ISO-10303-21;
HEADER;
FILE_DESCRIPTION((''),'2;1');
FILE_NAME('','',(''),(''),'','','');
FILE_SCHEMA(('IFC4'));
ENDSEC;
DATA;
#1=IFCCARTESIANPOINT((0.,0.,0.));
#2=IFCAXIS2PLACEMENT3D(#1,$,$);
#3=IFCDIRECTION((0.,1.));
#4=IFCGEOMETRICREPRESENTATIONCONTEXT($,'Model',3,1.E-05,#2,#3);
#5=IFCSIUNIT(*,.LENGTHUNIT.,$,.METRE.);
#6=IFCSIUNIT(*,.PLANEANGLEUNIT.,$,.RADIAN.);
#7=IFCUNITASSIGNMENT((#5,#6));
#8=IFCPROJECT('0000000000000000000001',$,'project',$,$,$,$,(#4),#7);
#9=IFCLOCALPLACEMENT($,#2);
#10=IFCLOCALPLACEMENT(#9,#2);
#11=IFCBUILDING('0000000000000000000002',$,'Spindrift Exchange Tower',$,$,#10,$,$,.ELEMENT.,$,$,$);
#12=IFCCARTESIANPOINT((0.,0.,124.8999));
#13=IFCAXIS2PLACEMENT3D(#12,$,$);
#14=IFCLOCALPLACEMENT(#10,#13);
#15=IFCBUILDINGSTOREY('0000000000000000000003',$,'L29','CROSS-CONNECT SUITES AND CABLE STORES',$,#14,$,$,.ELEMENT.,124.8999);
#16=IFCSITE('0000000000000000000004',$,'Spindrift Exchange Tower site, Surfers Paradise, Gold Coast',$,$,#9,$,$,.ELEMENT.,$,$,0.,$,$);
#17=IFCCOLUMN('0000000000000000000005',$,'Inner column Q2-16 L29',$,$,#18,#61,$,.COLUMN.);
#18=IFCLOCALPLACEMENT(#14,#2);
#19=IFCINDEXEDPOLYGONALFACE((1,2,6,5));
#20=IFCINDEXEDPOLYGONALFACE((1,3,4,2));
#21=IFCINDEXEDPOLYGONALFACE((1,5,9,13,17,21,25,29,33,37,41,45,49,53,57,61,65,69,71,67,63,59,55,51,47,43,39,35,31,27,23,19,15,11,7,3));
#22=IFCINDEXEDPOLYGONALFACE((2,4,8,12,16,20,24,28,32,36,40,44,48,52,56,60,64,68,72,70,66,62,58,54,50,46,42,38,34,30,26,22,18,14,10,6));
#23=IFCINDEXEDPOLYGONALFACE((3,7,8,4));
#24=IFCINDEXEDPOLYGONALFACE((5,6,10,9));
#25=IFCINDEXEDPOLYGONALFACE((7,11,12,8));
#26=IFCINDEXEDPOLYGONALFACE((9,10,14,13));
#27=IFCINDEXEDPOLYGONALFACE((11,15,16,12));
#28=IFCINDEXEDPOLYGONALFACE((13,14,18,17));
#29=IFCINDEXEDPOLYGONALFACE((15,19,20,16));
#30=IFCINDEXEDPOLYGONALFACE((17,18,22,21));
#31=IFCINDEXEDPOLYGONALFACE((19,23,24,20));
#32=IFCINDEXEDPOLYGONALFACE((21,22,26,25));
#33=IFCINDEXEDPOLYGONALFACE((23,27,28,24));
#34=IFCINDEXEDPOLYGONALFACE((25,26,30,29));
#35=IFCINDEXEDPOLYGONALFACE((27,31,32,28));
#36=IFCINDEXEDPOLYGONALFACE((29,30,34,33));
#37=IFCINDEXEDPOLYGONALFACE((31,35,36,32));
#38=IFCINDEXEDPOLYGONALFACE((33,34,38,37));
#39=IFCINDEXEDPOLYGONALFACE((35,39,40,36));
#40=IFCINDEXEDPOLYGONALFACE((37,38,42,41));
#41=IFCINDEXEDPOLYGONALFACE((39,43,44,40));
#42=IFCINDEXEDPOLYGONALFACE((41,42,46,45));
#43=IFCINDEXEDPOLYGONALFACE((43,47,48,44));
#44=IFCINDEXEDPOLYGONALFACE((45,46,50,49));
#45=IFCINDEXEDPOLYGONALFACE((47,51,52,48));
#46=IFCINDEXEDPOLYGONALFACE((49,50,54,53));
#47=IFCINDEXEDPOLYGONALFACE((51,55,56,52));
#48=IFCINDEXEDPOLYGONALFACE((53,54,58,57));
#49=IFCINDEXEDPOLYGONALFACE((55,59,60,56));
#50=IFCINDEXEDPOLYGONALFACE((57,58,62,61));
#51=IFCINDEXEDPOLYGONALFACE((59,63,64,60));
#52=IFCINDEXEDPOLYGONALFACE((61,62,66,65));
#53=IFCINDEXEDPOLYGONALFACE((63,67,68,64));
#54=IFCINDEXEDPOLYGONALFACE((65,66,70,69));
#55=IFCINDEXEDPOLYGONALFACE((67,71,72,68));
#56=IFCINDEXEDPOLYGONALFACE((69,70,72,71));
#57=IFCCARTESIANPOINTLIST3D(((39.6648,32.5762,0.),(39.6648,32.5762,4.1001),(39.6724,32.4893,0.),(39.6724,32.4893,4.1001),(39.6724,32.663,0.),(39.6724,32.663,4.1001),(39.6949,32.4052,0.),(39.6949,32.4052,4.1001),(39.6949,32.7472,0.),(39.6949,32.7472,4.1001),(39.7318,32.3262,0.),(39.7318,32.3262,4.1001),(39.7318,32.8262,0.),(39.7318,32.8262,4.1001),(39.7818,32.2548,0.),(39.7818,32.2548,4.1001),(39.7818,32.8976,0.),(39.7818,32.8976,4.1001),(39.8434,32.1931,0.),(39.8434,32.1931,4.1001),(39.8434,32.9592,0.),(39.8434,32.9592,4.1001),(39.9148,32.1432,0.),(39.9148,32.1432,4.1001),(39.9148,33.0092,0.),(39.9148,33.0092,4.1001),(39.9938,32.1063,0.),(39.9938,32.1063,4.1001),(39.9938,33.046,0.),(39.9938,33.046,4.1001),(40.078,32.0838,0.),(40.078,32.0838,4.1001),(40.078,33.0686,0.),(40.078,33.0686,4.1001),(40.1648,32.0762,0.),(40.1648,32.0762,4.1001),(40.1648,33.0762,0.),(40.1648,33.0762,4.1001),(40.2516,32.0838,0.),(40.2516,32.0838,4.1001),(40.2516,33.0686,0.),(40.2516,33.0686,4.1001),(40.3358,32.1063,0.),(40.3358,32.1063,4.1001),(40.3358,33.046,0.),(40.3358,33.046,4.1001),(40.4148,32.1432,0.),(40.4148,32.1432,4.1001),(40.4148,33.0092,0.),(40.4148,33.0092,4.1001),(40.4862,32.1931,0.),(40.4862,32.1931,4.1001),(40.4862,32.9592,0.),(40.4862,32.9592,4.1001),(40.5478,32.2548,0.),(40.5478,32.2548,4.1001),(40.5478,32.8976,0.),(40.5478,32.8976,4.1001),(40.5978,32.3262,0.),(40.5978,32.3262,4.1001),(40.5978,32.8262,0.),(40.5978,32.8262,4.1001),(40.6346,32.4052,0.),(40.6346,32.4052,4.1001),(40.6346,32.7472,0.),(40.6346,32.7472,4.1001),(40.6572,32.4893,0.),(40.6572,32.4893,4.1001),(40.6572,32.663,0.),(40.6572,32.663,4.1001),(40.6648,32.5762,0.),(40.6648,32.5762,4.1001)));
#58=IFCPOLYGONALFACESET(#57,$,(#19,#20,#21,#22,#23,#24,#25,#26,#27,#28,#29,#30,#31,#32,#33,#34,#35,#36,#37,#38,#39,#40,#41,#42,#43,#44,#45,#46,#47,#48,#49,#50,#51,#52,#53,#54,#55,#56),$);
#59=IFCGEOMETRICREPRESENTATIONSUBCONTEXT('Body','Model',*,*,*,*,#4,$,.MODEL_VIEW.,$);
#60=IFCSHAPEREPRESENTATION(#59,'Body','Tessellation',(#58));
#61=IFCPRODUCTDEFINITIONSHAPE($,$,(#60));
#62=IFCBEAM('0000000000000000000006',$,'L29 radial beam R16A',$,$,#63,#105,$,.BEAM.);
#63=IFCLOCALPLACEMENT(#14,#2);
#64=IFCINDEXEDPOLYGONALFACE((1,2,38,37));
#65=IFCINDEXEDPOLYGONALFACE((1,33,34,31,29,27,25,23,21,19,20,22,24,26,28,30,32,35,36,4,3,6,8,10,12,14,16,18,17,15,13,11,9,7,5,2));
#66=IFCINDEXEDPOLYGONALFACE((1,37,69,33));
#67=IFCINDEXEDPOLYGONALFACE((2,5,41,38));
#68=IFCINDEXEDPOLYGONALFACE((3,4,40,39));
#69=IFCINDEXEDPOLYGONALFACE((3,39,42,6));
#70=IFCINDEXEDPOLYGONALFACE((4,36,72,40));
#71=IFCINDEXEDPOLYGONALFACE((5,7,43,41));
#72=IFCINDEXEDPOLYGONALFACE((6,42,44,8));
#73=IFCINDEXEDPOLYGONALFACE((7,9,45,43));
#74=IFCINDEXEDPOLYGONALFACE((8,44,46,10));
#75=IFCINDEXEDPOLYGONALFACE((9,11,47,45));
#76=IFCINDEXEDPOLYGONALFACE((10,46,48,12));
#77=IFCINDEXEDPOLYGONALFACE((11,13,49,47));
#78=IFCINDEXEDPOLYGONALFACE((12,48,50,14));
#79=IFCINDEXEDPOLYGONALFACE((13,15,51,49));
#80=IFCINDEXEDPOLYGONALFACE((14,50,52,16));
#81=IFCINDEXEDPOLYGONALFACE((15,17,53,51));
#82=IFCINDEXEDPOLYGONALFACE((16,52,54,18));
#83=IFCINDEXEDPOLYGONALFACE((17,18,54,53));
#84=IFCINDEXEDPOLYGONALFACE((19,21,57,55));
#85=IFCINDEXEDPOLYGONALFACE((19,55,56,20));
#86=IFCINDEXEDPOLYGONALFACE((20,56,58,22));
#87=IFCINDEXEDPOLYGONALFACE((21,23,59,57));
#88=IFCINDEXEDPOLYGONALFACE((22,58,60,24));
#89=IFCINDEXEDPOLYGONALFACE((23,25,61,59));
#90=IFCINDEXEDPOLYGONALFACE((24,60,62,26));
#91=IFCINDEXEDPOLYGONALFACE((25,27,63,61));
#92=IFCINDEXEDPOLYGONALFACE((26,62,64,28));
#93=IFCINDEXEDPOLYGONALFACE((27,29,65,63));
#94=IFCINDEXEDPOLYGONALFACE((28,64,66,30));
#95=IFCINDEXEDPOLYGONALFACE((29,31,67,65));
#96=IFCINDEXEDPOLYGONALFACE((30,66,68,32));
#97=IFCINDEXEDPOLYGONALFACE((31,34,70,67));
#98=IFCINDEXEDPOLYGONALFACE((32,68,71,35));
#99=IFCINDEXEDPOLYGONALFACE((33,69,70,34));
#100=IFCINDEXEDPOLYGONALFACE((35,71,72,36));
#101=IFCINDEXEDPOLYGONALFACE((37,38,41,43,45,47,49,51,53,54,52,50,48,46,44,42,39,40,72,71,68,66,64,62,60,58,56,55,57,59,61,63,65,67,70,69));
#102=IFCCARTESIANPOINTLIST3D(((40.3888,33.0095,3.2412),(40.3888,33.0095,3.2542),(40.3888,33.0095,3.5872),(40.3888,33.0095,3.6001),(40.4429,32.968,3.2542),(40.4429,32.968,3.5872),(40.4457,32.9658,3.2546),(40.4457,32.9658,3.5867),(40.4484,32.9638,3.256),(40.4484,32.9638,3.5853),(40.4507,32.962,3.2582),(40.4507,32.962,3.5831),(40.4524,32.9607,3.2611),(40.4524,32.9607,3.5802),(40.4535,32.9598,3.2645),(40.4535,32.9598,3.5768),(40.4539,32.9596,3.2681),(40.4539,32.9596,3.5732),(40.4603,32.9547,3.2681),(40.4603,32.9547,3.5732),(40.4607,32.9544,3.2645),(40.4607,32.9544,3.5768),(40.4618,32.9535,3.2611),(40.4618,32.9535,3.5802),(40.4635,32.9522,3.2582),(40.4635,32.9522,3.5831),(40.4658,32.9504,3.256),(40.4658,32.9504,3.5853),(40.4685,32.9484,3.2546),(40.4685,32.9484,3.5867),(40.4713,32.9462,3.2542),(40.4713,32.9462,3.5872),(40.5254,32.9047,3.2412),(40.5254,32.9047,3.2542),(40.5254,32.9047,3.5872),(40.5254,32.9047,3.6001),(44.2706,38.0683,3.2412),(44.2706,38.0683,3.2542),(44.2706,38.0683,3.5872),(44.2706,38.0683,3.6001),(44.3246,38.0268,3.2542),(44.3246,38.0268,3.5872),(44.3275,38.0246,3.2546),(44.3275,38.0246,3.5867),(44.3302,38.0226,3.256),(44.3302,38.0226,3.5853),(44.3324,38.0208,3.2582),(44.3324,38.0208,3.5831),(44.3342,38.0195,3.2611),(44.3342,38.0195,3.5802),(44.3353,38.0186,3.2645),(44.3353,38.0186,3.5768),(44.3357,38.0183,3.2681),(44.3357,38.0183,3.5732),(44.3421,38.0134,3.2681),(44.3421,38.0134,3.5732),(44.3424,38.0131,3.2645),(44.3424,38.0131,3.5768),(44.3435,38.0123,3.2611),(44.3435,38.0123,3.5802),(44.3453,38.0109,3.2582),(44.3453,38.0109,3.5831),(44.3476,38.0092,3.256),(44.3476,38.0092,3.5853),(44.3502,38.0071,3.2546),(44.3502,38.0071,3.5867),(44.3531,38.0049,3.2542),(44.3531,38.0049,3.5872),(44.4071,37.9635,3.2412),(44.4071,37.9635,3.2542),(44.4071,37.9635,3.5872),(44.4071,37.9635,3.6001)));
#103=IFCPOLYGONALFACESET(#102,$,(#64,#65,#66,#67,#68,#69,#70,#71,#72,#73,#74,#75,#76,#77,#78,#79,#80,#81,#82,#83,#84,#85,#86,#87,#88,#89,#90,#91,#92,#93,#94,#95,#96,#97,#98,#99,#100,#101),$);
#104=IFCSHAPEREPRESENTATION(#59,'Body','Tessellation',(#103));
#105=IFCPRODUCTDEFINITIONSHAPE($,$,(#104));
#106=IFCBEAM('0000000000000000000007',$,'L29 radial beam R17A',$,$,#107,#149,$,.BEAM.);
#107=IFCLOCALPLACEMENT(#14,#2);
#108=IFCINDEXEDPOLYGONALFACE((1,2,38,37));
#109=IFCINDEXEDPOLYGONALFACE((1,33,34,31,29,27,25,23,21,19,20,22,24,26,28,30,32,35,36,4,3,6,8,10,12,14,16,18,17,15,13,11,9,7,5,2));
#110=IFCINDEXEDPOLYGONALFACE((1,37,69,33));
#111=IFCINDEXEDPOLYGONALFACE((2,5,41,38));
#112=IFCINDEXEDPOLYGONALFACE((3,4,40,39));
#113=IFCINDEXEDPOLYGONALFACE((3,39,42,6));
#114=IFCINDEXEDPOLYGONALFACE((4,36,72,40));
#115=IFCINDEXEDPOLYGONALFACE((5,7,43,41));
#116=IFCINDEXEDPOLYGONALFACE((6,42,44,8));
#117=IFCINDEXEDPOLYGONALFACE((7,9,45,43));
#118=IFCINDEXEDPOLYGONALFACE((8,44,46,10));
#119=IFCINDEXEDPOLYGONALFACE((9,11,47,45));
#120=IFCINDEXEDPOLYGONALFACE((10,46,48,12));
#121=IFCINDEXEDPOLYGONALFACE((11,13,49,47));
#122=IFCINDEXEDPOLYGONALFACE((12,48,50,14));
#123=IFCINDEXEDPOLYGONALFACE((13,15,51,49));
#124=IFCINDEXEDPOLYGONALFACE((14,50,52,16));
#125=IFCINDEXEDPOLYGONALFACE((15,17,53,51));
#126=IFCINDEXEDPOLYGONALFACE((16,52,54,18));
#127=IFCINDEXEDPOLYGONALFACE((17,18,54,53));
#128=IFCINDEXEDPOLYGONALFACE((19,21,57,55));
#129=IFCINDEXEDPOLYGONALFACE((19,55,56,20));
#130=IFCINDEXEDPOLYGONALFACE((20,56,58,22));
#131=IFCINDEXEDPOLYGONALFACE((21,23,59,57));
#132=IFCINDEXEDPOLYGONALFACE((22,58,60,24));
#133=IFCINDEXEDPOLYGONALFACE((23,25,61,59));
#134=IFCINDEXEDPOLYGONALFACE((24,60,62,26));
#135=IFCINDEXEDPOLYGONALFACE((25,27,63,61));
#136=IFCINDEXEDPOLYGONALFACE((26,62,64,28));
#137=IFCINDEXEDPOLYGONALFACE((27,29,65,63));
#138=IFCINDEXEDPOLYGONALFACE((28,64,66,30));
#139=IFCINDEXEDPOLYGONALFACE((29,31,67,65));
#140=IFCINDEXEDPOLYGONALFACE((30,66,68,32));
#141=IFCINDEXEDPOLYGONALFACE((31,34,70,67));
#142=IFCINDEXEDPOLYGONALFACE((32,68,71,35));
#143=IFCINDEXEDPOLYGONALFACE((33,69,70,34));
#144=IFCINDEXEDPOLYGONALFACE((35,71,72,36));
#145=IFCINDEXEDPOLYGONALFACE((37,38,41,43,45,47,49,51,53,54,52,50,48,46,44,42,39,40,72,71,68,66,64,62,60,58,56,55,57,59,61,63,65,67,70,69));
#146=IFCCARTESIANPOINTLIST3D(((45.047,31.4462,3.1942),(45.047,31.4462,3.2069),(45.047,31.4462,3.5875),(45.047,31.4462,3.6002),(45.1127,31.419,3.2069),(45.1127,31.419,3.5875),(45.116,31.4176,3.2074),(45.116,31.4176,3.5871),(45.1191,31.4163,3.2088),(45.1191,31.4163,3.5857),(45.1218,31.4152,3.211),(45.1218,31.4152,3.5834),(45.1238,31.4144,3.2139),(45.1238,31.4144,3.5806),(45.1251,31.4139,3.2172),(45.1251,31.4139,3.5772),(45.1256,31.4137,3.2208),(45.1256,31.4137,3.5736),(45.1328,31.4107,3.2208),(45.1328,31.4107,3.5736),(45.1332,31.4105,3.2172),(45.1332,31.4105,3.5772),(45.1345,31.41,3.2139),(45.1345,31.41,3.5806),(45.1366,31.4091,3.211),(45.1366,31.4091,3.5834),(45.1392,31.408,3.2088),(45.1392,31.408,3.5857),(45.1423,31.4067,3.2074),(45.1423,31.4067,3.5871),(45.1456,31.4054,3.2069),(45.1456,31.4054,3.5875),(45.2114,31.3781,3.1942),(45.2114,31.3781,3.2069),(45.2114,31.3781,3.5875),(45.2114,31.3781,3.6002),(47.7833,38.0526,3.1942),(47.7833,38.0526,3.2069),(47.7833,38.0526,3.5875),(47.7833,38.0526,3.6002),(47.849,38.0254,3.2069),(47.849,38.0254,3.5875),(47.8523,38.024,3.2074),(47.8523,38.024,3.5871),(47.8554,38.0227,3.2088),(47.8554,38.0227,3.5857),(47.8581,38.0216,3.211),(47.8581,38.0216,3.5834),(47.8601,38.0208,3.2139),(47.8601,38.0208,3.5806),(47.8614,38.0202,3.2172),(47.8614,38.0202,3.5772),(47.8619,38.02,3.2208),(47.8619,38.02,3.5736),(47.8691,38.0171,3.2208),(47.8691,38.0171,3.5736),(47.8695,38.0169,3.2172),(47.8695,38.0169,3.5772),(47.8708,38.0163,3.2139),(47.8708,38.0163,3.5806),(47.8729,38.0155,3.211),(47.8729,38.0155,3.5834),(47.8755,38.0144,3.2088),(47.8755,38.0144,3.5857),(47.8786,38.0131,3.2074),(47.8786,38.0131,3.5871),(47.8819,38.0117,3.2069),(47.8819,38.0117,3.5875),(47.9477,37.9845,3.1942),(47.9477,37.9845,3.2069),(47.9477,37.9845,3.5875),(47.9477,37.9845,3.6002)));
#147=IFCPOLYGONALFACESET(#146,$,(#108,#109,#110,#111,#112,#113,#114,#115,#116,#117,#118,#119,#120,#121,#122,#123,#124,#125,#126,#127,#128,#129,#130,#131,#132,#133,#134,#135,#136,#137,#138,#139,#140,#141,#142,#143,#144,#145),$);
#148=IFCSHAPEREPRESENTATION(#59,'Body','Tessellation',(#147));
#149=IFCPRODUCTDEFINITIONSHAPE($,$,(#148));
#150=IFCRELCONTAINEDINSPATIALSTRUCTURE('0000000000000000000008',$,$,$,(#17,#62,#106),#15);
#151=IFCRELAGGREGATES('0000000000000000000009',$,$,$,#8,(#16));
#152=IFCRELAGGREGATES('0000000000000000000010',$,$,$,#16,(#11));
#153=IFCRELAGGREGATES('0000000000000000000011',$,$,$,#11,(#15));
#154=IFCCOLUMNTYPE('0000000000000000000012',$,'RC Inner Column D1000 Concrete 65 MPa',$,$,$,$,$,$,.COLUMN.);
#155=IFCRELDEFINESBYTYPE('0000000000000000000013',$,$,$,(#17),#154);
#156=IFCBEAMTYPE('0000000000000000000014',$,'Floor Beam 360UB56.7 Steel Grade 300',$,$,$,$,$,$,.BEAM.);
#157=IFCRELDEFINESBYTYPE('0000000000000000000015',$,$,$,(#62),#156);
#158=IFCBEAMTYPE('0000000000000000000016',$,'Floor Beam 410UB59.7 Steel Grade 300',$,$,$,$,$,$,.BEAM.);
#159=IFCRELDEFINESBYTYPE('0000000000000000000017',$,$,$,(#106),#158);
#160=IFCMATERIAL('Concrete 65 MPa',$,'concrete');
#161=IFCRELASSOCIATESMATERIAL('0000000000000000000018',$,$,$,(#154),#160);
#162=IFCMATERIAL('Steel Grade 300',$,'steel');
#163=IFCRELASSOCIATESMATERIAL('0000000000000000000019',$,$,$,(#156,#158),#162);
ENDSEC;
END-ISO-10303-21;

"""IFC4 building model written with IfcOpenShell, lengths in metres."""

from ifc_helpers import new_model, si_unit, direction, frame, origin, origin_2d, place, context, subcontext, project, spatial, circle, i_section, extrude, source, transform, mapped, material, material_profile, profile_set, type_object, element, save


model = new_model("IFC4")

# Units and contexts
model_context = context("Model", 3, precision=1e-05, world=origin(), true_north=direction((0.0, 1.0)))
body_context = subcontext(model_context, "Body", "Model", "MODEL_VIEW")
ifc_project = project(units=[si_unit("LENGTHUNIT", "METRE"), si_unit("PLANEANGLEUNIT", "RADIAN")], contexts=[model_context])

# Site, building, storey
site_placement = place(None, origin())
site = spatial("IfcSite", under=ifc_project, at=site_placement, Name="Spindrift Exchange Tower site, Surfers Paradise, Gold Coast", CompositionType="ELEMENT", RefElevation=0.0)
building_placement = place(site_placement, origin())
building = spatial("IfcBuilding", under=site, at=building_placement, Name="Spindrift Exchange Tower", CompositionType="ELEMENT")
storey_placement = place(building_placement, frame((0.0, 0.0, 124.8999)))
storey = spatial("IfcBuildingStorey", under=building, at=storey_placement, Name="L29", Description="CROSS-CONNECT SUITES AND CABLE STORES", CompositionType="ELEMENT", Elevation=124.8999)

# Column
ifc_material_1 = material(Name="Concrete 65 MPa", Category="concrete")
ifc_material_profile_1 = material_profile(ifc_material_1, circle(Radius=0.5, at=origin_2d()), Name="RC D1000")
ifc_profile_set_1 = profile_set([ifc_material_profile_1], Name="Concrete 65 MPa")
column_type = type_object("IfcColumnType", Name="RC Inner Column D1000 Concrete 65 MPa", PredefinedType="COLUMN", material=ifc_profile_set_1)
shared_shape_1 = source(origin(), body_context, "Body", "SweptSolid", [
    extrude(circle(Radius=0.5, at=origin_2d()), origin(), (0.0, 0.0, 1.0), 4.1001),
])
column_placement = place(storey_placement, frame((40.1648, 32.5762, 0.0), z_axis=(0.0, 0.0, 1.0), x_axis=(1.0, 0.0, 0.0)))
element("IfcColumn", 1, at=column_placement, inside=storey, type_object=column_type, Name="Inner column Q2-16 L29", PredefinedType="COLUMN", context=body_context, shape_type="MappedRepresentation", body=[
    mapped(shared_shape_1, transform((0.0, 0.0, 0.0), scale=1.0)),
])

# Beams
ifc_material_2 = material(Name="Steel Grade 300", Category="steel")
ifc_material_profile_2 = material_profile(ifc_material_2, i_section(OverallWidth=0.1721, OverallDepth=0.3589, WebThickness=0.0081, FlangeThickness=0.0129, FilletRadius=0.0139, at=origin_2d()), Name="360UB56.7")
ifc_profile_set_2 = profile_set([ifc_material_profile_2], Name="Steel Grade 300")
beam_type_1 = type_object("IfcBeamType", Name="Floor Beam 360UB56.7 Steel Grade 300", PredefinedType="BEAM", material=ifc_profile_set_2)
shared_shape_2 = source(origin(), body_context, "Body", "SweptSolid", [
    extrude(i_section(OverallWidth=0.1721, OverallDepth=0.3589, WebThickness=0.0081, FlangeThickness=0.0129, FilletRadius=0.0139, at=origin_2d()), origin(), (0.0, 0.0, 1.0), 6.3765),
])
beam_1_placement = place(storey_placement, frame((44.3389, 38.0159, 3.4207), z_axis=(-0.608767, -0.793349, 0.0), x_axis=(0.793349, -0.608767, 0.0)))
element("IfcBeam", 2, at=beam_1_placement, inside=storey, type_object=beam_type_1, Name="L29 radial beam R16A", PredefinedType="BEAM", context=body_context, shape_type="MappedRepresentation", body=[
    mapped(shared_shape_2, transform((0.0, 0.0, 0.0), scale=1.0)),
])
ifc_material_profile_3 = material_profile(ifc_material_2, i_section(OverallWidth=0.178, OverallDepth=0.406, WebThickness=0.0078, FlangeThickness=0.0127, FilletRadius=0.0139, at=origin_2d()), Name="410UB59.7")
ifc_profile_set_3 = profile_set([ifc_material_profile_3], Name="Steel Grade 300")
beam_type_2 = type_object("IfcBeamType", Name="Floor Beam 410UB59.7 Steel Grade 300", PredefinedType="BEAM", material=ifc_profile_set_3)
shared_shape_3 = source(origin(), body_context, "Body", "SweptSolid", [
    extrude(i_section(OverallWidth=0.178, OverallDepth=0.406, WebThickness=0.0078, FlangeThickness=0.0127, FilletRadius=0.0139, at=origin_2d()), origin(), (0.0, 0.0, 1.0), 7.1506),
])
beam_2_placement = place(storey_placement, frame((47.8655, 38.0186, 3.3972), z_axis=(-0.382665, -0.923887, 0.0), x_axis=(0.923887, -0.382665, 0.0)))
element("IfcBeam", 3, at=beam_2_placement, inside=storey, type_object=beam_type_2, Name="L29 radial beam R17A", PredefinedType="BEAM", context=body_context, shape_type="MappedRepresentation", body=[
    mapped(shared_shape_3, transform((0.0, 0.0, 0.0), scale=1.0)),
])

save(model, "model.ifc")
